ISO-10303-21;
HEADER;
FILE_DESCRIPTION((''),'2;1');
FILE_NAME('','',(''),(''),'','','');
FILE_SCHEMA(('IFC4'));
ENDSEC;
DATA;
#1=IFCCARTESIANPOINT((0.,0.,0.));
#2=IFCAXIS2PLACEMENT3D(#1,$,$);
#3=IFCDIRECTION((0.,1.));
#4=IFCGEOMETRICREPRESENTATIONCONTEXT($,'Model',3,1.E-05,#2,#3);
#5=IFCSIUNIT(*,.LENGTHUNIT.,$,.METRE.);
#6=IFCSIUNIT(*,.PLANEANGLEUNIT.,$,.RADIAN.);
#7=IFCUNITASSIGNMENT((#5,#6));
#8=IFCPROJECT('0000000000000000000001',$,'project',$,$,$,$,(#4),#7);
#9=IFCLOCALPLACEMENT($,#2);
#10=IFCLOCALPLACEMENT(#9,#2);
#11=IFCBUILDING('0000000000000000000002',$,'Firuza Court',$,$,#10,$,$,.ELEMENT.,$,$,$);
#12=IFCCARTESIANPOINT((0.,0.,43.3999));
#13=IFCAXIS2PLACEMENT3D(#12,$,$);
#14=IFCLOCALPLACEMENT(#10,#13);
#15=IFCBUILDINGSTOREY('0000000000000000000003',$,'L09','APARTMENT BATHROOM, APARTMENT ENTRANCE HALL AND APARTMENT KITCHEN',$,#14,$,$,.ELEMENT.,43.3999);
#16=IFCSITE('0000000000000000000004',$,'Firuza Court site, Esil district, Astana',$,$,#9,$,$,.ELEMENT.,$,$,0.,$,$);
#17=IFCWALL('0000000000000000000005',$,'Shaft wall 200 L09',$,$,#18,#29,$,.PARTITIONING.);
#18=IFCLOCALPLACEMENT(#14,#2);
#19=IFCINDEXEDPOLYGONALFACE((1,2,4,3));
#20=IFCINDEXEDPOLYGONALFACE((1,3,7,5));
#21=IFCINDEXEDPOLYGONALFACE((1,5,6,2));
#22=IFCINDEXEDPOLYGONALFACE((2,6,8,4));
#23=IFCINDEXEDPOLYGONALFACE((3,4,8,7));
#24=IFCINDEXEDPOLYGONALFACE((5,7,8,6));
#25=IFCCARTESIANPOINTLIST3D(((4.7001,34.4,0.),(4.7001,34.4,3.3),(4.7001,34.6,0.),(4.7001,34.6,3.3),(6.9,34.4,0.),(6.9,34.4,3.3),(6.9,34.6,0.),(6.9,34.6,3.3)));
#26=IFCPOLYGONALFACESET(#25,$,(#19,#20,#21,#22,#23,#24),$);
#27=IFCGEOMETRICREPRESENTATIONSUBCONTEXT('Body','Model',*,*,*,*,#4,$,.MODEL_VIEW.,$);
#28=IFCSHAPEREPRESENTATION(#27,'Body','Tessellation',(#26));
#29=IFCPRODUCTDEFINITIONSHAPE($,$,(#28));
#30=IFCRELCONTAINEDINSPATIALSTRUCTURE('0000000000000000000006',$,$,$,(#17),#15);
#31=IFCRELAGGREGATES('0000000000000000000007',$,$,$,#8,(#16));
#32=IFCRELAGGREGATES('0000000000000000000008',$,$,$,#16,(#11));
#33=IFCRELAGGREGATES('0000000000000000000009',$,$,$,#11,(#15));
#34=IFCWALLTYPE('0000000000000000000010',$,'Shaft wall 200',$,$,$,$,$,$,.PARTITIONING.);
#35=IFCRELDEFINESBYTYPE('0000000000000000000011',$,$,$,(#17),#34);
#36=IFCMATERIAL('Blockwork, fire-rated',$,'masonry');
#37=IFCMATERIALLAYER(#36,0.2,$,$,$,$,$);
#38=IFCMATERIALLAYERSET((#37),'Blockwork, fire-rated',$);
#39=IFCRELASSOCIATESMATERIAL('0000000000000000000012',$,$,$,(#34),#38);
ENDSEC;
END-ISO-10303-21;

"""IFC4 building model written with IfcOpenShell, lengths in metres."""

from ifc_helpers import new_model, si_unit, direction, frame, frame_2d, origin, place, context, subcontext, project, spatial, rectangle, extrude, material, layer, layer_set, type_object, element, save


model = new_model("IFC4")

# Units and contexts
model_context = context("Model", 3, precision=1e-05, world=origin(), true_north=direction((0.0, 1.0)))
body_context = subcontext(model_context, "Body", "Model", "MODEL_VIEW")
ifc_project = project(units=[si_unit("LENGTHUNIT", "METRE"), si_unit("PLANEANGLEUNIT", "RADIAN")], contexts=[model_context])

# Site, building, storey
site_placement = place(None, origin())
site = spatial("IfcSite", under=ifc_project, at=site_placement, Name="Firuza Court site, Esil district, Astana", CompositionType="ELEMENT", RefElevation=0.0)
building_placement = place(site_placement, origin())
building = spatial("IfcBuilding", under=site, at=building_placement, Name="Firuza Court", CompositionType="ELEMENT")
storey_placement = place(building_placement, frame((0.0, 0.0, 43.3999)))
storey = spatial("IfcBuildingStorey", under=building, at=storey_placement, Name="L09", Description="APARTMENT BATHROOM, APARTMENT ENTRANCE HALL AND APARTMENT KITCHEN", CompositionType="ELEMENT", Elevation=43.3999)

# Wall
ifc_material_1 = material(Name="Blockwork, fire-rated", Category="masonry")
ifc_layer_1 = layer(ifc_material_1, 0.2)
ifc_layer_set_1 = layer_set([ifc_layer_1], Name="Blockwork, fire-rated")
wall_type_1 = type_object("IfcWallType", Name="Shaft wall 200", PredefinedType="PARTITIONING", material=ifc_layer_set_1)
wall_1_placement = place(storey_placement, frame((4.7, 34.5, 0.0), z_axis=(0.0, 0.0, 1.0), x_axis=(1.0, 0.0, 0.0)))
element("IfcWall", 1, at=wall_1_placement, inside=storey, type_object=wall_type_1, Name="Shaft wall 200 L09", PredefinedType="PARTITIONING", context=body_context, shape_type="SweptSolid", body=[
    extrude(rectangle(XDim=2.2, YDim=0.2, at=frame_2d((1.1001, 0.0))), origin(), (0.0, 0.0, 1.0), 3.3),
])

save(model, "model.ifc")
